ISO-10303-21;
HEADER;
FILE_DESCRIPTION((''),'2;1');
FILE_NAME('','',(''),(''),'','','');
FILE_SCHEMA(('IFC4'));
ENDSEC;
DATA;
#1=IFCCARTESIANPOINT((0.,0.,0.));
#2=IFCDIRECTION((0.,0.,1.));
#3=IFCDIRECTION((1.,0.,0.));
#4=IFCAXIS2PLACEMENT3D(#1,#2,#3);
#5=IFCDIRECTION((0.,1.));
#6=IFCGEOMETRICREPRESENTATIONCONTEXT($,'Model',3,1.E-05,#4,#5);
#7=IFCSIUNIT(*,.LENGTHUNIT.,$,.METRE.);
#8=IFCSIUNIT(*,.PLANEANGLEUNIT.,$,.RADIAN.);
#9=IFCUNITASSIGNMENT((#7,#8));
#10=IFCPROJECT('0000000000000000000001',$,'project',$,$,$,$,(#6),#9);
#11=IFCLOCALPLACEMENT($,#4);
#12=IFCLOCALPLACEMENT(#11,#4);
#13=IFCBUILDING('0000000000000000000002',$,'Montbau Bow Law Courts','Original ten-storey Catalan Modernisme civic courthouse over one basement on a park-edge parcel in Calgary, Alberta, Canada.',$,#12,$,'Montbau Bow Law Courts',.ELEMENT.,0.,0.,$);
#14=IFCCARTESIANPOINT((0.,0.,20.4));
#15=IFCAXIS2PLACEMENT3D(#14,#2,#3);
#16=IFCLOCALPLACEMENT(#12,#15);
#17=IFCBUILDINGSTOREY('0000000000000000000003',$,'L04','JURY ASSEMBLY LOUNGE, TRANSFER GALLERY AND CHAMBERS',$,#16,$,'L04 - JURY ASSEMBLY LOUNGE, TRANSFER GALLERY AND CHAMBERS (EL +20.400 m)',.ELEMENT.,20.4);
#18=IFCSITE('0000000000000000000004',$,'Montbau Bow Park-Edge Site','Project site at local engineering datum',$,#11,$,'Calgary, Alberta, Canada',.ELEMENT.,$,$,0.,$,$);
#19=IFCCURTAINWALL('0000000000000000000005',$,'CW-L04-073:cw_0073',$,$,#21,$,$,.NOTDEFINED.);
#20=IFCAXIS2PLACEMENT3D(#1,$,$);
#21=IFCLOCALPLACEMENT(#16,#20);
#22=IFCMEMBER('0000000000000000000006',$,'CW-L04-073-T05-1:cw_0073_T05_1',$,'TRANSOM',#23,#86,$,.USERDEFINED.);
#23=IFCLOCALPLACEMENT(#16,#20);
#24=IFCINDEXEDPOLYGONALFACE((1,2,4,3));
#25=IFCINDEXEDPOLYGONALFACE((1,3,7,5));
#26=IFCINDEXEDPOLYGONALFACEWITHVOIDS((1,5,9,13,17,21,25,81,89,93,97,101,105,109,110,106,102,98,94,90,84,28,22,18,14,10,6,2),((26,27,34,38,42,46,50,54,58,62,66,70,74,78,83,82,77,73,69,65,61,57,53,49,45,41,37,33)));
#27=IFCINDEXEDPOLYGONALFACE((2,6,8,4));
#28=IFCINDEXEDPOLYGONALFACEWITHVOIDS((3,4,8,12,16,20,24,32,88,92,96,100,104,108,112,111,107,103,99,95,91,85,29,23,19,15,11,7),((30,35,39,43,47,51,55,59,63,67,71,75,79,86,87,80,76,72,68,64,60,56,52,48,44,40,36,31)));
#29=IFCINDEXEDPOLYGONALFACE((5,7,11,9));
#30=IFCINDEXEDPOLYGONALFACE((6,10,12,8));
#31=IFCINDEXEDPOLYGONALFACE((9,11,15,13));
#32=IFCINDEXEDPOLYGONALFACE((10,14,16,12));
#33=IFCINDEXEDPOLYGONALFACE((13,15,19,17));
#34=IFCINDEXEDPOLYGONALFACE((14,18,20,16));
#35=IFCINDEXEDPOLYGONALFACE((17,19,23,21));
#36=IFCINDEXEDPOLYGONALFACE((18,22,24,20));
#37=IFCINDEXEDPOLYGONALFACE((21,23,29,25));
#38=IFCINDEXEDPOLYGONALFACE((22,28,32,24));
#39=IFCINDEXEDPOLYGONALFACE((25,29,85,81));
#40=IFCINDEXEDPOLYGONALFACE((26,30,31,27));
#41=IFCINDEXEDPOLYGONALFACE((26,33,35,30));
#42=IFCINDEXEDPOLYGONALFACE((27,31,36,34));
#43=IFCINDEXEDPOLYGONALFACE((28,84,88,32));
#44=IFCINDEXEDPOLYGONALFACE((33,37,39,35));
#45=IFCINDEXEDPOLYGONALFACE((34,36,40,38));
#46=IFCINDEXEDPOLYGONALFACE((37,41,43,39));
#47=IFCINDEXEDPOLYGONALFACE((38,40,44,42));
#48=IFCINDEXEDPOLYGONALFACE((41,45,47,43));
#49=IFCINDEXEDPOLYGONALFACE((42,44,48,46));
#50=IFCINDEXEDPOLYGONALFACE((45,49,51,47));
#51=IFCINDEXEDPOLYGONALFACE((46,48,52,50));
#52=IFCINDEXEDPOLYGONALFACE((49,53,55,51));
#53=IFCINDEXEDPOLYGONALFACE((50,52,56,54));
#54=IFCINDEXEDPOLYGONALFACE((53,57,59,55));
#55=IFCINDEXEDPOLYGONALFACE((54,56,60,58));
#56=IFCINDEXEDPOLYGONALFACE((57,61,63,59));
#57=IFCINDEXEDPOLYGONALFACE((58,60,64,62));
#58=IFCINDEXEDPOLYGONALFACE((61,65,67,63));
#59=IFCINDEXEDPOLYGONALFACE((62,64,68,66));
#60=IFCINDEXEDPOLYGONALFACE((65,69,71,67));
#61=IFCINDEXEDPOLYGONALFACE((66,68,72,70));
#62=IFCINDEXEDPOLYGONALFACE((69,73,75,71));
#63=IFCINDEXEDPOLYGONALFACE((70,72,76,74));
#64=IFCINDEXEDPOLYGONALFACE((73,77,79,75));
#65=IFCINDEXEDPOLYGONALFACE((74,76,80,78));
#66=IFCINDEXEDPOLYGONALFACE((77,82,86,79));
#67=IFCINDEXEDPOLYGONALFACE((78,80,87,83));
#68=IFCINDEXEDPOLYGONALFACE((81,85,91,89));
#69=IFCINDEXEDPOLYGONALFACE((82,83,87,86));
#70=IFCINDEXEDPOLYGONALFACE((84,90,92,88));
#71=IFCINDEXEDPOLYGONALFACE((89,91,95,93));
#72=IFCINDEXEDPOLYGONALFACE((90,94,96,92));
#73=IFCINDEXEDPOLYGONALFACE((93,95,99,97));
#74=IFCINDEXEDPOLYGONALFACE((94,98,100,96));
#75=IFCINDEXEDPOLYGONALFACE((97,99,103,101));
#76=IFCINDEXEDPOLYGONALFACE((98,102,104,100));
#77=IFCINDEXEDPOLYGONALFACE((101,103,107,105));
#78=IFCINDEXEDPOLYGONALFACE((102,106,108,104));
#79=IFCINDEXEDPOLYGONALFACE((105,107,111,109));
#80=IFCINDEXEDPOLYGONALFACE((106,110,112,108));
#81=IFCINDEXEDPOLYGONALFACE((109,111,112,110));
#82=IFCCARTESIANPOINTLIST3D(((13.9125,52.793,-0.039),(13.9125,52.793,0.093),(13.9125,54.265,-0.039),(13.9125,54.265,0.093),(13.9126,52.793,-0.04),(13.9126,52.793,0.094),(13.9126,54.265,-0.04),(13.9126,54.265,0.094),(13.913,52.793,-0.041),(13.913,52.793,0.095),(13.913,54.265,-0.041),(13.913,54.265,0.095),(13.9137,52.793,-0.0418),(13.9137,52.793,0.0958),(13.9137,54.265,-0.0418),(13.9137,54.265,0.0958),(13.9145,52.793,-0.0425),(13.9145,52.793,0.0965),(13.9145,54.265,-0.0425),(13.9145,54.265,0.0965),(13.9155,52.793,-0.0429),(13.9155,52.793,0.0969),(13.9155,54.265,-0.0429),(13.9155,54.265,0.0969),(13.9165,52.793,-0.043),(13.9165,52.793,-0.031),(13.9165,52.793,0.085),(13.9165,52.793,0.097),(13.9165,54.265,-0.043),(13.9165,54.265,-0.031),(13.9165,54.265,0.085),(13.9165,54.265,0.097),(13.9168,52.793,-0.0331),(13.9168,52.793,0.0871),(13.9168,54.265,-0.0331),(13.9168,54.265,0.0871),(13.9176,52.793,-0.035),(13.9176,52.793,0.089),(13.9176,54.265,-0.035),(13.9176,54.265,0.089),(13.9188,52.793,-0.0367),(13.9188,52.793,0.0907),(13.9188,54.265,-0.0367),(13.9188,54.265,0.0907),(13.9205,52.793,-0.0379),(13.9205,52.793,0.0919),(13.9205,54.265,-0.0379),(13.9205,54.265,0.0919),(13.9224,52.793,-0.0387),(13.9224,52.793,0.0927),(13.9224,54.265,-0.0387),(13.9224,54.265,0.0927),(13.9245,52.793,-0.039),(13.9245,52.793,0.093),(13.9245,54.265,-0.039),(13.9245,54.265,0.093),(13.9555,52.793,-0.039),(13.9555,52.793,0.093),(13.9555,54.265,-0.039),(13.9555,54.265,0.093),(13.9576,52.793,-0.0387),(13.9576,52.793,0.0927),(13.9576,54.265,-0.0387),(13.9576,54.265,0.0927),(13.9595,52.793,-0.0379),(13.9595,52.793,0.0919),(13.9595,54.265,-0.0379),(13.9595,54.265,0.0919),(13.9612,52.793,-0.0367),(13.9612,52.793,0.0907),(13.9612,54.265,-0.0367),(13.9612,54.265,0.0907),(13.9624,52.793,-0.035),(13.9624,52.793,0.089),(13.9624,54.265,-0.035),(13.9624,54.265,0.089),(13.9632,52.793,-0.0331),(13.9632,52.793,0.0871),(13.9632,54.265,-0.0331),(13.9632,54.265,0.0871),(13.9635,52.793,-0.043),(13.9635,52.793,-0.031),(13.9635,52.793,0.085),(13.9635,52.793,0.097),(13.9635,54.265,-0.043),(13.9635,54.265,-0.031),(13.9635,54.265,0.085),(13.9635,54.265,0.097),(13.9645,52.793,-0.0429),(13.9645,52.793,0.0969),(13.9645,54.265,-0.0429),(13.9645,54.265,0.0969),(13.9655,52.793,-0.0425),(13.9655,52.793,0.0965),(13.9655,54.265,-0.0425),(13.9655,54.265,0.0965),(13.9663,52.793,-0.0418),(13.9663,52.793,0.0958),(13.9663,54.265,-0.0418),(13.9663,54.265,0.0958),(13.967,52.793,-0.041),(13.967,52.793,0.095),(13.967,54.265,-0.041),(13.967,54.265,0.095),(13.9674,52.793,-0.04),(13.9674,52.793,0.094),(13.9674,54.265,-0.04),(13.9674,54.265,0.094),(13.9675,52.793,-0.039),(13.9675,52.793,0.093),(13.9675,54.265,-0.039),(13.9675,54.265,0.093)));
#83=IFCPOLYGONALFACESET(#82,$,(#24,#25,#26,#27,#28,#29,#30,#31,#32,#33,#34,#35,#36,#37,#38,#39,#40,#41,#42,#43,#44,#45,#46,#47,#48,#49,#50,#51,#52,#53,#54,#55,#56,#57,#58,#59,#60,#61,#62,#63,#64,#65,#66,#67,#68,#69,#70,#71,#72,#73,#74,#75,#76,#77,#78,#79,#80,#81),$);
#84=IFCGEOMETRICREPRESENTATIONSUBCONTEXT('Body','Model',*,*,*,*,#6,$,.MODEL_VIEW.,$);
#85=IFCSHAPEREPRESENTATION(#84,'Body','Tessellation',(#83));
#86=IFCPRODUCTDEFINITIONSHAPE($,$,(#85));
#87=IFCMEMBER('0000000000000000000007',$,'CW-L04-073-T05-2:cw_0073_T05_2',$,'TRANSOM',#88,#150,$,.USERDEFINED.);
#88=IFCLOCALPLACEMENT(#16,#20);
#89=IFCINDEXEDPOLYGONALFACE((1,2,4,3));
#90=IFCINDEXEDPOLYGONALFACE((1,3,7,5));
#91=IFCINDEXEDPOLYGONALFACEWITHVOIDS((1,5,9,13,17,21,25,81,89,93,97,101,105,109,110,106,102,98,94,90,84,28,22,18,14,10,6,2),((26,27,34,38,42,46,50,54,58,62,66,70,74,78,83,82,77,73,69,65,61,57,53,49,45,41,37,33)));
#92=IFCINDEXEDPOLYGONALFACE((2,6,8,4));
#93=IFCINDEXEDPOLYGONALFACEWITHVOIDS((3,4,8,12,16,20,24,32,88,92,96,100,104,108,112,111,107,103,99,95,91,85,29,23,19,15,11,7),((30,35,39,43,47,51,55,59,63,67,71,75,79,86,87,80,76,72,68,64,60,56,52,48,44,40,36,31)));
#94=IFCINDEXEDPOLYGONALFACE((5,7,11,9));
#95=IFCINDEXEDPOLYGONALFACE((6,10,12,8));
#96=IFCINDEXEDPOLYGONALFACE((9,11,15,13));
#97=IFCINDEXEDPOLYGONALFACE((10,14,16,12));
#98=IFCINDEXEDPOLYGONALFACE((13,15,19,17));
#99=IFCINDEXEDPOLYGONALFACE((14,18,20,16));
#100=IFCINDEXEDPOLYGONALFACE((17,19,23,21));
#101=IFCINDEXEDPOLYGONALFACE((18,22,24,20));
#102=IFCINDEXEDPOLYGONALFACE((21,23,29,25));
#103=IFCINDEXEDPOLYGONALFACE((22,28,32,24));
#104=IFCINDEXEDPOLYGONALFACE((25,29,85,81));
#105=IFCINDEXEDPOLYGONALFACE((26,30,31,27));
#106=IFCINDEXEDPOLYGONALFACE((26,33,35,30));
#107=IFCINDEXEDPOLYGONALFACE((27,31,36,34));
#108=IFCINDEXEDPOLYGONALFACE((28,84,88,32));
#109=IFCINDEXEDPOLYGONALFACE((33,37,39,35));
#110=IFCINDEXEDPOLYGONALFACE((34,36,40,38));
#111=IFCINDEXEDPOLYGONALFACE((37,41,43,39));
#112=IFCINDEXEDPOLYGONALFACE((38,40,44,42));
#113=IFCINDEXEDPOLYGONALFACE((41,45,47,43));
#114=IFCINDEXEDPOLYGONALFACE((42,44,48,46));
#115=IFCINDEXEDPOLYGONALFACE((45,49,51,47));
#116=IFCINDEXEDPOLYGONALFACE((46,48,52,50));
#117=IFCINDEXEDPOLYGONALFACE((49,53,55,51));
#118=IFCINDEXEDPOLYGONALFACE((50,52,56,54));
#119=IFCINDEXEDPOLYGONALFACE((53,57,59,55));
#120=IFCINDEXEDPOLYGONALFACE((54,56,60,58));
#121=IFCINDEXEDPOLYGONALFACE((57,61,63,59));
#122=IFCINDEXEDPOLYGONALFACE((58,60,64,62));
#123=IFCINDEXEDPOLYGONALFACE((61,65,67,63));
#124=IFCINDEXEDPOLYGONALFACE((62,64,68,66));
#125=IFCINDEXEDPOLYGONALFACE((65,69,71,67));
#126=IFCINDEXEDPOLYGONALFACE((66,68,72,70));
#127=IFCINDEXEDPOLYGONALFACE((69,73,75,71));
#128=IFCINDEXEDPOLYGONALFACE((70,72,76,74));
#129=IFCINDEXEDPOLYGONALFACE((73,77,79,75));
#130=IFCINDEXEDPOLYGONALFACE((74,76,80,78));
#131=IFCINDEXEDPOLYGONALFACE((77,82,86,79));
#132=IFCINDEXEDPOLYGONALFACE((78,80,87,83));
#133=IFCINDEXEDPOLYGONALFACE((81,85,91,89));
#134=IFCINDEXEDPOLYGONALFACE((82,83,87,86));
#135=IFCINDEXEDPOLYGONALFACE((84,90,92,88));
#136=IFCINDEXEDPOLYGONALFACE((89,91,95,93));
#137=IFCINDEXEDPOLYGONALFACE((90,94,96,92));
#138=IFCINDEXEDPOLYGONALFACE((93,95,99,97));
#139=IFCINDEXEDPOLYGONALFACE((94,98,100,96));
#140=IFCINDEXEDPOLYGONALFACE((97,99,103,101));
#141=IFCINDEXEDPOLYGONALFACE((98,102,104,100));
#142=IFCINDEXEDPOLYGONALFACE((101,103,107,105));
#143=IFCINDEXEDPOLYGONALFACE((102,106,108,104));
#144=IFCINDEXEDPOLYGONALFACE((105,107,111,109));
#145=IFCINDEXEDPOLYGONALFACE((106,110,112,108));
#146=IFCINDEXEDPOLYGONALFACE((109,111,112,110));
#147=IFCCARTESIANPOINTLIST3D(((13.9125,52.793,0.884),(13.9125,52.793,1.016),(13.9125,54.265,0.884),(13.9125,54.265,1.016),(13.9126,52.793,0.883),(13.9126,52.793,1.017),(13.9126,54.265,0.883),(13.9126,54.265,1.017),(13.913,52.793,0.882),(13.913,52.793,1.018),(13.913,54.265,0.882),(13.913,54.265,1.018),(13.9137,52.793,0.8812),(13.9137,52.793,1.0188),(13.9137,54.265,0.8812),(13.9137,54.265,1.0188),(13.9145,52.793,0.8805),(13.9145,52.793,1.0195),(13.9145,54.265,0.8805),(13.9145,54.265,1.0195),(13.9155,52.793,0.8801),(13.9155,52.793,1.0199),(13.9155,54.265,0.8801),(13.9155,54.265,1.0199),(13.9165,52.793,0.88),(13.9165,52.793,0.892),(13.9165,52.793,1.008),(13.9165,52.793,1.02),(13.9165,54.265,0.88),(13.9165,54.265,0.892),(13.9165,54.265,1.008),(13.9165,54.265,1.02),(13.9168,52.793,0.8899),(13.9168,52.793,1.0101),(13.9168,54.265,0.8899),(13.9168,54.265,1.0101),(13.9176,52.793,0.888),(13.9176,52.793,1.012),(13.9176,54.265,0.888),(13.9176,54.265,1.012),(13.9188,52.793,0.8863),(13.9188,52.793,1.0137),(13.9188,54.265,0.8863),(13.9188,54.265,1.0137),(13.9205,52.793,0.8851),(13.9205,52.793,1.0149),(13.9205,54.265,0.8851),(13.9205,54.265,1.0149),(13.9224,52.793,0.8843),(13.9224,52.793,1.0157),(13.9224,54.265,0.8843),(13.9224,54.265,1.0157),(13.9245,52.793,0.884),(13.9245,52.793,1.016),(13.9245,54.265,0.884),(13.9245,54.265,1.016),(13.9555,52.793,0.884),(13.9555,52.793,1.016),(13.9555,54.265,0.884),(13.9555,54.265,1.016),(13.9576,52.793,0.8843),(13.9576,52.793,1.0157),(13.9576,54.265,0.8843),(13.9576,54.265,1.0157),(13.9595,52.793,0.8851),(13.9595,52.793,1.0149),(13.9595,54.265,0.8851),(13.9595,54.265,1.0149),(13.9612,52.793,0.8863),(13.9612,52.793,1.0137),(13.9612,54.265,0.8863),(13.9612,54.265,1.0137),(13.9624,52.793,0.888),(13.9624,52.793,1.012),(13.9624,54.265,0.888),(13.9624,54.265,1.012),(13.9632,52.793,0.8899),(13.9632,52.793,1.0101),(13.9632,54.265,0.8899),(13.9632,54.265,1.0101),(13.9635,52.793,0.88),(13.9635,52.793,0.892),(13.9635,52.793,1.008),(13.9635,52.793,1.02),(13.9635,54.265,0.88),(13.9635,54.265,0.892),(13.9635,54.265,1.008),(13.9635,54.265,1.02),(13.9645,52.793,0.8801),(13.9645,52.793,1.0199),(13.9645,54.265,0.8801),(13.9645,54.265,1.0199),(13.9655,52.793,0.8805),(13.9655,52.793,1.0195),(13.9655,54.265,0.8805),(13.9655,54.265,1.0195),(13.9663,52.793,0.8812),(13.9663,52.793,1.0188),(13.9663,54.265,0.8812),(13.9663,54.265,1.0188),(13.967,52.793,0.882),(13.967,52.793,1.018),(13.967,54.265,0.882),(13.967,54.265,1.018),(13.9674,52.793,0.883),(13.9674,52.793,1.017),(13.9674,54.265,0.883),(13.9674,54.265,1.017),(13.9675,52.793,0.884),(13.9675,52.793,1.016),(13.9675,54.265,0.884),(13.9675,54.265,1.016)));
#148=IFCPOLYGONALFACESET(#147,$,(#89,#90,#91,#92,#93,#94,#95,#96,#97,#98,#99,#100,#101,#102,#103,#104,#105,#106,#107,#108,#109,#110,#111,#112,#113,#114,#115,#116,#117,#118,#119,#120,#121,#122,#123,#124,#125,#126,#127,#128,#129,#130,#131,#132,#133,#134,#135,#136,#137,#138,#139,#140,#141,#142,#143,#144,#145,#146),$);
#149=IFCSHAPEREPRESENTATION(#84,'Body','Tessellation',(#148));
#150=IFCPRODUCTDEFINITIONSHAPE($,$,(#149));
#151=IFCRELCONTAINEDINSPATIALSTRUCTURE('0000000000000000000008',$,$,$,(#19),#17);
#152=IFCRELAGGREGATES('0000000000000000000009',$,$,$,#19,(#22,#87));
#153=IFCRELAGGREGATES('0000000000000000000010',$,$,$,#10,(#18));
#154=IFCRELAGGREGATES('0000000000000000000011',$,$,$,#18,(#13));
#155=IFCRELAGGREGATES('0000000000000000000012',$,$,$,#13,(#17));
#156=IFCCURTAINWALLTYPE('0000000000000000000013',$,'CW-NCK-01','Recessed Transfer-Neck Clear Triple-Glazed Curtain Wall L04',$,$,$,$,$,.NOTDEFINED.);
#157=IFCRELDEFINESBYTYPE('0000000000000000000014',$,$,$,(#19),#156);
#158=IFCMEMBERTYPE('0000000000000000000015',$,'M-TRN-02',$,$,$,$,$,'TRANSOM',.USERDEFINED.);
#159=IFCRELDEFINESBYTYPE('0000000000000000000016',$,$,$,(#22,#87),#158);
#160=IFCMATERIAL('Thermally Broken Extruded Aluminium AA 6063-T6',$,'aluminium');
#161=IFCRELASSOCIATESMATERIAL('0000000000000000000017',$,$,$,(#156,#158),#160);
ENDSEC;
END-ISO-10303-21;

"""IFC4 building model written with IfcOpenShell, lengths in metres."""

from ifc_helpers import new_model, si_unit, direction, frame, origin_with_axes, origin_2d_with_axis, place, context, subcontext, project, spatial, hollow_rectangle, extrude, material, material_profile, profile_set, type_object, element, aggregate, save


model = new_model("IFC4")

# Units and contexts
model_context = context("Model", 3, precision=1e-05, world=origin_with_axes(), true_north=direction((0.0, 1.0)))
body_context = subcontext(model_context, "Body", "Model", "MODEL_VIEW")
ifc_project = project(units=[si_unit("LENGTHUNIT", "METRE"), si_unit("PLANEANGLEUNIT", "RADIAN")], contexts=[model_context])

# Site, building, storey
site_placement = place(None, origin_with_axes())
site = spatial("IfcSite", under=ifc_project, at=site_placement, Name="Montbau Bow Park-Edge Site", Description="Project site at local engineering datum", LongName="Calgary, Alberta, Canada", CompositionType="ELEMENT", RefElevation=0.0)
building_placement = place(site_placement, origin_with_axes())
building = spatial("IfcBuilding", under=site, at=building_placement, Name="Montbau Bow Law Courts", Description="Original ten-storey Catalan Modernisme civic courthouse over one basement on a park-edge parcel in Calgary, Alberta, Canada.", LongName="Montbau Bow Law Courts", CompositionType="ELEMENT", ElevationOfRefHeight=0.0, ElevationOfTerrain=0.0)
storey_placement = place(building_placement, frame((0.0, 0.0, 20.4), z_axis=(0.0, 0.0, 1.0), x_axis=(1.0, 0.0, 0.0)))
storey = spatial("IfcBuildingStorey", under=building, at=storey_placement, Name="L04", Description="JURY ASSEMBLY LOUNGE, TRANSFER GALLERY AND CHAMBERS", LongName="L04 - JURY ASSEMBLY LOUNGE, TRANSFER GALLERY AND CHAMBERS (EL +20.400 m)", CompositionType="ELEMENT", Elevation=20.4)

# Curtain wall
ifc_material_1 = material(Name="Thermally Broken Extruded Aluminium AA 6063-T6", Category="aluminium")
curtain_wall_type = type_object("IfcCurtainWallType", Name="CW-NCK-01", Description="Recessed Transfer-Neck Clear Triple-Glazed Curtain Wall L04", PredefinedType="NOTDEFINED", material=ifc_material_1)
curtain_wall_1_placement = place(None, frame((13.94, 46.468, 20.4), z_axis=(0.0, 0.0, 1.0), x_axis=(1.0, 0.0, 0.0)))
curtain_wall_1 = element("IfcCurtainWall", 1, at=curtain_wall_1_placement, inside=storey, type_object=curtain_wall_type, Name="CW-L04-073:cw_0073", PredefinedType="NOTDEFINED")

# Members
ifc_material_profile_1 = material_profile(ifc_material_1, hollow_rectangle(XDim=0.055, YDim=0.14, WallThickness=0.004, InnerFilletRadius=0.008, OuterFilletRadius=0.004, at=origin_2d_with_axis()), Name="CWT-140X55", Category="Main", Priority=0)
ifc_profile_set_1 = profile_set([ifc_material_profile_1], Name="Thermally Broken Extruded Aluminium AA 6063-T6")
member_type_1 = type_object("IfcMemberType", Name="M-TRN-02", ElementType="TRANSOM", PredefinedType="USERDEFINED", material=ifc_profile_set_1)
member_1_placement = place(None, frame((13.94, 52.793, 20.427), z_axis=(0.0, 1.0, 0.0), x_axis=(-1.0, 0.0, 0.0)))
member_1 = element("IfcMember", 2, at=member_1_placement, type_object=member_type_1, Name="CW-L04-073-T05-1:cw_0073_T05_1", ObjectType="TRANSOM", PredefinedType="USERDEFINED", context=body_context, shape_type="SweptSolid", body=[
    extrude(hollow_rectangle(XDim=0.055, YDim=0.14, WallThickness=0.004, InnerFilletRadius=0.008, OuterFilletRadius=0.004, at=origin_2d_with_axis()), origin_with_axes(), (0.0, 0.0, 1.0), 1.472),
])
member_2_placement = place(None, frame((13.94, 52.793, 21.35), z_axis=(0.0, 1.0, 0.0), x_axis=(-1.0, 0.0, 0.0)))
member_2 = element("IfcMember", 3, at=member_2_placement, type_object=member_type_1, Name="CW-L04-073-T05-2:cw_0073_T05_2", ObjectType="TRANSOM", PredefinedType="USERDEFINED", context=body_context, shape_type="SweptSolid", body=[
    extrude(hollow_rectangle(XDim=0.055, YDim=0.14, WallThickness=0.004, InnerFilletRadius=0.008, OuterFilletRadius=0.004, at=origin_2d_with_axis()), origin_with_axes(), (0.0, 0.0, 1.0), 1.472),
])

aggregate(curtain_wall_1, [member_1, member_2])

save(model, "model.ifc")
